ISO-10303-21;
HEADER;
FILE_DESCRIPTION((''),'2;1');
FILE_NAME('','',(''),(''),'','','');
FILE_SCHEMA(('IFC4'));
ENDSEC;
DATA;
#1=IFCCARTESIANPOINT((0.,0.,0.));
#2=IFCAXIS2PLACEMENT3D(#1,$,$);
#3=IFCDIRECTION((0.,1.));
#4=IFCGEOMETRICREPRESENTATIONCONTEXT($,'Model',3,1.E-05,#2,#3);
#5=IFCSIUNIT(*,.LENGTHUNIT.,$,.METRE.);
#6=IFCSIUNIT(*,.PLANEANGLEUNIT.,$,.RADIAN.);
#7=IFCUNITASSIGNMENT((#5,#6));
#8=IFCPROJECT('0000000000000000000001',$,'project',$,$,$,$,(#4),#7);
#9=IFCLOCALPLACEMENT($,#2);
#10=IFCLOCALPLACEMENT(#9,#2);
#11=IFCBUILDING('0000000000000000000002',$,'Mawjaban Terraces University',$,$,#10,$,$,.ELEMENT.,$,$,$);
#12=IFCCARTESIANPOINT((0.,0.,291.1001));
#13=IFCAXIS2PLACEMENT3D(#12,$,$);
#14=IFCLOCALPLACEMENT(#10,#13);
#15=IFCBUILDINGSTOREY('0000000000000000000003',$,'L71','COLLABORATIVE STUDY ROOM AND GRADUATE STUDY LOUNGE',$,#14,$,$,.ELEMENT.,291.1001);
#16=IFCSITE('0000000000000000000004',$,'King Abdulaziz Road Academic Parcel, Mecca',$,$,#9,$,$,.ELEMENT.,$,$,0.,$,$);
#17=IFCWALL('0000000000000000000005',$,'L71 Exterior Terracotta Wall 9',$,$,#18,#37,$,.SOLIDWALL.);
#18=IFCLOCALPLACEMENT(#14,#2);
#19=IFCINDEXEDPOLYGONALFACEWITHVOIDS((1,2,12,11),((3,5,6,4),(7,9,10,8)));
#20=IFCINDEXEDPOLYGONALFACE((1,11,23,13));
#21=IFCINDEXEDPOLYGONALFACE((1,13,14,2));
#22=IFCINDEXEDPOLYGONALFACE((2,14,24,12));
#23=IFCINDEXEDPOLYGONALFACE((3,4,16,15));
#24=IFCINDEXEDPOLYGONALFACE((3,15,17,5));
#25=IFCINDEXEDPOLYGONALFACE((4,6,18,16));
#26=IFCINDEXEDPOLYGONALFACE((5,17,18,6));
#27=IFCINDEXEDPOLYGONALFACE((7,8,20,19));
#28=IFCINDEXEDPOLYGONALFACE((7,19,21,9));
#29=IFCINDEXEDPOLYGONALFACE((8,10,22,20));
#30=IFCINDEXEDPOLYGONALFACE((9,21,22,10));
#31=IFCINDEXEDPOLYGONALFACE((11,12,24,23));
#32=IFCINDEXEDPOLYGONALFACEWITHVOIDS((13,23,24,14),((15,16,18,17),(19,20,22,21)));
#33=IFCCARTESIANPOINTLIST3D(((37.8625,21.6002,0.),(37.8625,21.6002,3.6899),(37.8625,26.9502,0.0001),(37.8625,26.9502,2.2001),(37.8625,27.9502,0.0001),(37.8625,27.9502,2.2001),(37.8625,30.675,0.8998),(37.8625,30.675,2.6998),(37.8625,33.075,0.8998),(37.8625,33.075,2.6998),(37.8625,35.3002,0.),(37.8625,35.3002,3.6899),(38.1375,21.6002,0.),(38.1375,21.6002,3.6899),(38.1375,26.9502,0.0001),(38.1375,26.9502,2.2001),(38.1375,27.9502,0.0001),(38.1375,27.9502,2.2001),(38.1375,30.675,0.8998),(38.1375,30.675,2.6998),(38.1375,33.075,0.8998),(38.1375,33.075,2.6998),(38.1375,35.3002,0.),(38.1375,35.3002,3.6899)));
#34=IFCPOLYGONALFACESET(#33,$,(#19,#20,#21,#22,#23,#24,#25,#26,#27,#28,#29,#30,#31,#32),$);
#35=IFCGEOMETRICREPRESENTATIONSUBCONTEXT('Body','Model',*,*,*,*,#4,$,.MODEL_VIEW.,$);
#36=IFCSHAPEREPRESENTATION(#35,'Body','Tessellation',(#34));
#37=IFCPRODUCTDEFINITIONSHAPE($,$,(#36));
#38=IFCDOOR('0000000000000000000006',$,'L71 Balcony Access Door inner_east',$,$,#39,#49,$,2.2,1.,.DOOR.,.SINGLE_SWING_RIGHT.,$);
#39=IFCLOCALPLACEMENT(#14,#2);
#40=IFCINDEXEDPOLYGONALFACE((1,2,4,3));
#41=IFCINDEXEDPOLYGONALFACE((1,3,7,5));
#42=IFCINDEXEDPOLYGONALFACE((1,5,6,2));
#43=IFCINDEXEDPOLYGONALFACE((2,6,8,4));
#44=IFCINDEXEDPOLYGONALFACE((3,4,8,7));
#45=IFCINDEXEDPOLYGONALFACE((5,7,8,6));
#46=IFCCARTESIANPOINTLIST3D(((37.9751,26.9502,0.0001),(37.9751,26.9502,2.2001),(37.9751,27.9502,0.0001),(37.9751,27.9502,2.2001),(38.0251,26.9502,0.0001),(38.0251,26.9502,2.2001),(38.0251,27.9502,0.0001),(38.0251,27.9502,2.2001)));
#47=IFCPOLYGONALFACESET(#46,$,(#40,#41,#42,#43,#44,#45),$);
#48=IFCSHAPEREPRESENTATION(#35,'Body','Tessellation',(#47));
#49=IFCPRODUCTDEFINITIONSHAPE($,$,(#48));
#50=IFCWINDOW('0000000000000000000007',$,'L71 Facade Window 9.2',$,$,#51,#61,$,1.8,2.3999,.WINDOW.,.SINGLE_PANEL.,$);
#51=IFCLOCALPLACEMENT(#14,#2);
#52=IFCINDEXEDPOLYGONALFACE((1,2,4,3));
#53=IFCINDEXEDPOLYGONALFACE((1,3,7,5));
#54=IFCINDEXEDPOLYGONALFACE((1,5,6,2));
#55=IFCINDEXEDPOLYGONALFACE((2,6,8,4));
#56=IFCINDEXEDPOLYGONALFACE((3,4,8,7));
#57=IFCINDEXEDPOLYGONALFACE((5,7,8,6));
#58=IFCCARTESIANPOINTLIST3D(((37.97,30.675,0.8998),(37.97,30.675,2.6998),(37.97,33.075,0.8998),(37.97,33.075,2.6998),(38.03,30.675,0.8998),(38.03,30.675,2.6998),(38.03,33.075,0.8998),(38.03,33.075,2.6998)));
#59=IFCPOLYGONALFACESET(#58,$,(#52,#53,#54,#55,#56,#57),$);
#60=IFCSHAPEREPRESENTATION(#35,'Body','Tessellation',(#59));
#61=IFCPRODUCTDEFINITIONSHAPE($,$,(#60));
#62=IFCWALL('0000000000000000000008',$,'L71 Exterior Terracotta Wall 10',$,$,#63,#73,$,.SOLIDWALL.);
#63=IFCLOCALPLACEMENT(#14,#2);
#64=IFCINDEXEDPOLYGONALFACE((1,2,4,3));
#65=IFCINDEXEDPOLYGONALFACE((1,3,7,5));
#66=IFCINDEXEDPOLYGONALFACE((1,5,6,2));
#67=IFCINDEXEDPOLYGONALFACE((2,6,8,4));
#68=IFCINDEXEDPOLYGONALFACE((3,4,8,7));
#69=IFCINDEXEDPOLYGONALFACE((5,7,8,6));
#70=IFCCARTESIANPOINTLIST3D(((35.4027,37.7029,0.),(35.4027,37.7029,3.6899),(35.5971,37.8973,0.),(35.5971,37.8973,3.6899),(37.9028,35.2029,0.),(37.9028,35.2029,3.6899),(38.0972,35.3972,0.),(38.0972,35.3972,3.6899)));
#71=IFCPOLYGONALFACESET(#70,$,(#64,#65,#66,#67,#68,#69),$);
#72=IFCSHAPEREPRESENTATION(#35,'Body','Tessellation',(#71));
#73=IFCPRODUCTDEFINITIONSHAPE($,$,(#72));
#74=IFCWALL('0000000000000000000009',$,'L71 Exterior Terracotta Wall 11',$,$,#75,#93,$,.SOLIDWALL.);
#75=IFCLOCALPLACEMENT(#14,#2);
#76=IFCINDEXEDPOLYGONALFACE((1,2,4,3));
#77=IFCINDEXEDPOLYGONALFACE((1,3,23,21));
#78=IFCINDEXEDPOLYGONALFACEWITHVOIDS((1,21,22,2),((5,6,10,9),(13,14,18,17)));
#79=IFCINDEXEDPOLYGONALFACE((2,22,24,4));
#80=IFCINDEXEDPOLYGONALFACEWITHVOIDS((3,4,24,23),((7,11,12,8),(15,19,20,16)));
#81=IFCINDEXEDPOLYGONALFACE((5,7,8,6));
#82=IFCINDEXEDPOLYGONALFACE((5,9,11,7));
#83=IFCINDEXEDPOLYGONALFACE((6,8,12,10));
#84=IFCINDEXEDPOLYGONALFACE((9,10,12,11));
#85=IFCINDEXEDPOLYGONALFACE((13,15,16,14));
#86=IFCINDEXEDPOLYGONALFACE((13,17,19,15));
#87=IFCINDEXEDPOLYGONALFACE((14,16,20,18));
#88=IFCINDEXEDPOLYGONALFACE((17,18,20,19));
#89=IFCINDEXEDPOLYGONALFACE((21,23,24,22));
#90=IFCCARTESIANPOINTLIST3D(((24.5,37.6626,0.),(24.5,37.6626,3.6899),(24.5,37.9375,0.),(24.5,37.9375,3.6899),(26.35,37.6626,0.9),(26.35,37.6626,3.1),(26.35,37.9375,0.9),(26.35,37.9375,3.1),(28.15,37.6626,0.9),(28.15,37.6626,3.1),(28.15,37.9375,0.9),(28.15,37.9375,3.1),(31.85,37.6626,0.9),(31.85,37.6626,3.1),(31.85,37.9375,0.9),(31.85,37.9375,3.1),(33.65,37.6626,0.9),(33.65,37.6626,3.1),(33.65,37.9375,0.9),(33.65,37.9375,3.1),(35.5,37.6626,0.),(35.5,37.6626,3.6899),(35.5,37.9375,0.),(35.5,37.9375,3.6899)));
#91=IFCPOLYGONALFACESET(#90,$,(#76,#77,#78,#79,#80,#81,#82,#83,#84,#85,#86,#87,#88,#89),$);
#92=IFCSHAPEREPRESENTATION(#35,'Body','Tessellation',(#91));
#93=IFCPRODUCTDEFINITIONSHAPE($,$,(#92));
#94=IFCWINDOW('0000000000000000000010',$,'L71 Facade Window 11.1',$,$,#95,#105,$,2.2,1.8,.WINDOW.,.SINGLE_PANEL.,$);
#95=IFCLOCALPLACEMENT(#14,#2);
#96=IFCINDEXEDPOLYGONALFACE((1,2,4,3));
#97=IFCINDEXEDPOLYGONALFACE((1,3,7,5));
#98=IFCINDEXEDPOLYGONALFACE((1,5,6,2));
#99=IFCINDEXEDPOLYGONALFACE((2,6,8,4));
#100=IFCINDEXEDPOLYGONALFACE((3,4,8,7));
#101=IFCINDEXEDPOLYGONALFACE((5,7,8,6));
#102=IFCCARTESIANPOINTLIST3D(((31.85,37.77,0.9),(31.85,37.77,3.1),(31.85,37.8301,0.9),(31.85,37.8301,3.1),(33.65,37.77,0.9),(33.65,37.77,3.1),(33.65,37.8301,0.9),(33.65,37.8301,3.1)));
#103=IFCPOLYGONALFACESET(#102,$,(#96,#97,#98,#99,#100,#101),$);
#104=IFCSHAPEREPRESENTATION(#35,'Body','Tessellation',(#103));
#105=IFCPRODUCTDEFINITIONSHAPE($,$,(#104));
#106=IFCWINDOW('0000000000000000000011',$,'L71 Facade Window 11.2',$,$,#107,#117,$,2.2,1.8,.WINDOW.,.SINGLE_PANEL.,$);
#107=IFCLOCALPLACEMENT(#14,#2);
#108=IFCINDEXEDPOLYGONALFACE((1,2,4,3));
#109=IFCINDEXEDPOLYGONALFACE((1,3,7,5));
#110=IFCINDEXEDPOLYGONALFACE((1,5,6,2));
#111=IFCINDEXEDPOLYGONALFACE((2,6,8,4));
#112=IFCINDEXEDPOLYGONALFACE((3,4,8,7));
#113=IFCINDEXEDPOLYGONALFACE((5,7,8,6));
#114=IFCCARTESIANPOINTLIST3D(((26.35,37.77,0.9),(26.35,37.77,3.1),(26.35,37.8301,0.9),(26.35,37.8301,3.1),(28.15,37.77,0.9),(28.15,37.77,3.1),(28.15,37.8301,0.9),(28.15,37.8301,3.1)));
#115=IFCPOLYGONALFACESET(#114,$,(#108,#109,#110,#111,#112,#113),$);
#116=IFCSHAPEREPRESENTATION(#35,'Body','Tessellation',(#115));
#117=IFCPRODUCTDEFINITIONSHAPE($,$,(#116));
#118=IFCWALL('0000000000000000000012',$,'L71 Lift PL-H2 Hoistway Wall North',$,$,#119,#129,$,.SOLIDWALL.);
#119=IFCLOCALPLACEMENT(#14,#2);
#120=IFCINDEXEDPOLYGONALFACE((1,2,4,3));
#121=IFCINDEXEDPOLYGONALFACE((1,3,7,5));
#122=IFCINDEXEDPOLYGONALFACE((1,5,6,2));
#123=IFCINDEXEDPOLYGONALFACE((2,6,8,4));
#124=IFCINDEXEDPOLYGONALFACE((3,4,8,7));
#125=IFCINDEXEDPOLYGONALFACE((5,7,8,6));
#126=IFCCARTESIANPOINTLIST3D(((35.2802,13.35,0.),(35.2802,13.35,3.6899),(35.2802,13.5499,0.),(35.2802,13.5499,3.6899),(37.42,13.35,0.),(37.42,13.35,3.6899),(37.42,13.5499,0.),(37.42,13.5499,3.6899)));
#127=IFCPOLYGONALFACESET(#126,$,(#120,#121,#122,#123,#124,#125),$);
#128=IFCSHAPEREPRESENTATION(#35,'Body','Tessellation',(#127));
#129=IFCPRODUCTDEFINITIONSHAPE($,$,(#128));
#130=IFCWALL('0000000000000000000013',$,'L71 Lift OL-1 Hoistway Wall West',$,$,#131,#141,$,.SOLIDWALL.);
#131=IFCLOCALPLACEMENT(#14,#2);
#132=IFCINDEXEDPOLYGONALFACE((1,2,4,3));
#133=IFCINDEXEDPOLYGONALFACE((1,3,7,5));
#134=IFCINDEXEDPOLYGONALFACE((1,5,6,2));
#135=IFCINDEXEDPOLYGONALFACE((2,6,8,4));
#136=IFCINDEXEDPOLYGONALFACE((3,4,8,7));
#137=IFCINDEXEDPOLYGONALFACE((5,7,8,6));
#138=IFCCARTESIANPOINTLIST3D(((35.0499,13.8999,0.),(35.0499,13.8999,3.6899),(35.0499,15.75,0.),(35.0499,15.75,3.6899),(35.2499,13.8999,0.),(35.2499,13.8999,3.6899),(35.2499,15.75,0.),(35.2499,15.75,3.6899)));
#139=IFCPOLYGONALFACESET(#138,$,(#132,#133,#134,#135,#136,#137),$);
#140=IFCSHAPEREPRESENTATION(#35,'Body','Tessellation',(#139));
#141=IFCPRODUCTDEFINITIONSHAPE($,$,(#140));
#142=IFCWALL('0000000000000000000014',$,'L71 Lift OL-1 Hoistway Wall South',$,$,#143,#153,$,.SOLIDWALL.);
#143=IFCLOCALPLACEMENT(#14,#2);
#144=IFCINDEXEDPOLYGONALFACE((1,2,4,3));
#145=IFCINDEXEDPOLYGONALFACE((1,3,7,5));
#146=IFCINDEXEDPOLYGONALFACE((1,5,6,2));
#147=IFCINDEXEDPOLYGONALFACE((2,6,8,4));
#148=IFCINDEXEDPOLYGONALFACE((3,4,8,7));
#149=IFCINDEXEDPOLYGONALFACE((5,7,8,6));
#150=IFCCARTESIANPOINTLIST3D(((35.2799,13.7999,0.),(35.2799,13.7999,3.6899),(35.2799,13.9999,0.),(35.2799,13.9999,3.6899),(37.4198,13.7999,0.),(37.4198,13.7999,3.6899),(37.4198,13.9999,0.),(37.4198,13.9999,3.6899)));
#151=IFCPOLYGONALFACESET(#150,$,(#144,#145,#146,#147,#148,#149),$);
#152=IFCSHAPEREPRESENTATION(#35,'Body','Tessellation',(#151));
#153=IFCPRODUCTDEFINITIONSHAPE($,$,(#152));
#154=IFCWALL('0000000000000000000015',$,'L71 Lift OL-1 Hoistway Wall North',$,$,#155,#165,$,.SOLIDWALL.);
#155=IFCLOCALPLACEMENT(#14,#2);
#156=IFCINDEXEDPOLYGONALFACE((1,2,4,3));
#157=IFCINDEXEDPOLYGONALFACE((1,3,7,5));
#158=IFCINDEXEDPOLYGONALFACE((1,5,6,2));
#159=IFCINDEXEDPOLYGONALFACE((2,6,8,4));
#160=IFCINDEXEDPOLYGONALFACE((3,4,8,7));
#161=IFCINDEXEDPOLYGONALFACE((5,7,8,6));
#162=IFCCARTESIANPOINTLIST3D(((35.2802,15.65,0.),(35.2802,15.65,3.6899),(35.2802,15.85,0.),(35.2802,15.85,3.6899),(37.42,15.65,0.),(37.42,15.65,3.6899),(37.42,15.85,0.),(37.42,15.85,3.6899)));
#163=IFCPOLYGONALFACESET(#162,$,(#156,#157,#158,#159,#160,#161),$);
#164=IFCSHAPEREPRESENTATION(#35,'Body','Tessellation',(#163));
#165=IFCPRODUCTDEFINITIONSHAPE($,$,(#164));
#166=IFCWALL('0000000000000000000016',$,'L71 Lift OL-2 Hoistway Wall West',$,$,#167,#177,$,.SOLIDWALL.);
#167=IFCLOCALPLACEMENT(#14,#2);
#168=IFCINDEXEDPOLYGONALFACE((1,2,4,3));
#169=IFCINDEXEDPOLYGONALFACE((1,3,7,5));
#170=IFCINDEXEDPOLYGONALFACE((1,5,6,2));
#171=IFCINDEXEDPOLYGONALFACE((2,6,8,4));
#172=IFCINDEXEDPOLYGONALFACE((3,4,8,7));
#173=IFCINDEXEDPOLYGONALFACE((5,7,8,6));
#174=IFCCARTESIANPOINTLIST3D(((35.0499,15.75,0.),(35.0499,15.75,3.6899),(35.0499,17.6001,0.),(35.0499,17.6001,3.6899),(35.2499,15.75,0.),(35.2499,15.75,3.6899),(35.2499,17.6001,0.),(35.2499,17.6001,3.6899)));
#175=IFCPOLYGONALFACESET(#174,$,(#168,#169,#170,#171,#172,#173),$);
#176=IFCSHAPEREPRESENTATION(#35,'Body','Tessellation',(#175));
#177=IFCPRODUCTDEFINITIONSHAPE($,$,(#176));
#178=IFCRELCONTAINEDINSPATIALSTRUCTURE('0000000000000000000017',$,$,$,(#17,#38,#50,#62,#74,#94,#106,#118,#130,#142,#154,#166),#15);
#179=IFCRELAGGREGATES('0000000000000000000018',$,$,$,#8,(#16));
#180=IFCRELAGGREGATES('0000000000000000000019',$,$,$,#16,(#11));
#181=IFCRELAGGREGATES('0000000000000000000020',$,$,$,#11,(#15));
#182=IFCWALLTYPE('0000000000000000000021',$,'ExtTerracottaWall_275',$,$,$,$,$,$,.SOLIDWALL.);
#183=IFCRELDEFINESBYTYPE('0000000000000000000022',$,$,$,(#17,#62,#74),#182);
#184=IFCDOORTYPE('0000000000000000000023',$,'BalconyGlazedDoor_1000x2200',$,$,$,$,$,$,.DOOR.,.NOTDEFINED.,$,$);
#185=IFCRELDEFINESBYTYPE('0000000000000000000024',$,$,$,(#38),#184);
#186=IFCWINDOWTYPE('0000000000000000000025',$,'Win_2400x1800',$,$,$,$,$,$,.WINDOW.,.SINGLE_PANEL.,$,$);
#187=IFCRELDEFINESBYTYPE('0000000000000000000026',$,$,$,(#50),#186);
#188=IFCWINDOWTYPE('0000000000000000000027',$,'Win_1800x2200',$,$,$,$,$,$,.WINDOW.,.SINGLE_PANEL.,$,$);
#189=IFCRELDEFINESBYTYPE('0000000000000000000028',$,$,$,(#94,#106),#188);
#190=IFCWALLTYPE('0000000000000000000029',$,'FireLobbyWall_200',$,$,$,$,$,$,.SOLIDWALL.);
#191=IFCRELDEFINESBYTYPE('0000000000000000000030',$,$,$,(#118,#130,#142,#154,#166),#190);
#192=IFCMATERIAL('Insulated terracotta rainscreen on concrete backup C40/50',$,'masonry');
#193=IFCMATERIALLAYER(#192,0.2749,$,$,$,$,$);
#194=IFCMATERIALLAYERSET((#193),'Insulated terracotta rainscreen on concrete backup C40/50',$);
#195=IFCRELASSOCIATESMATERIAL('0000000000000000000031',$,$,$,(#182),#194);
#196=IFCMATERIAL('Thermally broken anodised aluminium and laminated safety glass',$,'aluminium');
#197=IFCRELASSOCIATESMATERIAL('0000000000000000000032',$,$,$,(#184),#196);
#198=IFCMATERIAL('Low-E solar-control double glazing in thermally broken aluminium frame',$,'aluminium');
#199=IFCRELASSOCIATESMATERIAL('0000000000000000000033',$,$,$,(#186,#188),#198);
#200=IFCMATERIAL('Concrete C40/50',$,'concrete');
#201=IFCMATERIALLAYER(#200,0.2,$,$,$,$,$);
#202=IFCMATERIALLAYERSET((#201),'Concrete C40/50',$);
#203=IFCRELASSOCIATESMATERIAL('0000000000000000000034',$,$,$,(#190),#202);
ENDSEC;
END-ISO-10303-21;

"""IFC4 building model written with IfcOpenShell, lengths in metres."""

from ifc_helpers import new_model, si_unit, direction, frame, frame_2d, origin, place, context, subcontext, project, spatial, rectangle, extrude, material, layer, layer_set, type_object, element, fill, save


model = new_model("IFC4")

# Units and contexts
model_context = context("Model", 3, precision=1e-05, world=origin(), true_north=direction((0.0, 1.0)))
body_context = subcontext(model_context, "Body", "Model", "MODEL_VIEW")
ifc_project = project(units=[si_unit("LENGTHUNIT", "METRE"), si_unit("PLANEANGLEUNIT", "RADIAN")], contexts=[model_context])

# Site, building, storey
site_placement = place(None, origin())
site = spatial("IfcSite", under=ifc_project, at=site_placement, Name="King Abdulaziz Road Academic Parcel, Mecca", CompositionType="ELEMENT", RefElevation=0.0)
building_placement = place(site_placement, origin())
building = spatial("IfcBuilding", under=site, at=building_placement, Name="Mawjaban Terraces University", CompositionType="ELEMENT")
storey_placement = place(building_placement, frame((0.0, 0.0, 291.1001)))
storey = spatial("IfcBuildingStorey", under=building, at=storey_placement, Name="L71", Description="COLLABORATIVE STUDY ROOM AND GRADUATE STUDY LOUNGE", CompositionType="ELEMENT", Elevation=291.1001)

# Wall, openings, door, window
ifc_material_1 = material(Name="Insulated terracotta rainscreen on concrete backup C40/50", Category="masonry")
ifc_layer_1 = layer(ifc_material_1, 0.2749)
ifc_layer_set_1 = layer_set([ifc_layer_1], Name="Insulated terracotta rainscreen on concrete backup C40/50")
wall_type_1 = type_object("IfcWallType", Name="ExtTerracottaWall_275", PredefinedType="SOLIDWALL", material=ifc_layer_set_1)
wall_1_placement = place(storey_placement, frame((38.0, 21.6001, 0.0), z_axis=(0.0, 0.0, 1.0), x_axis=(0.0, 1.0, 0.0)))
wall_1 = element("IfcWall", 1, at=wall_1_placement, inside=storey, type_object=wall_type_1, Name="L71 Exterior Terracotta Wall 9", PredefinedType="SOLIDWALL", context=body_context, shape_type="SweptSolid", body=[
    extrude(rectangle(XDim=13.7, YDim=0.2749, at=frame_2d((6.8501, 0.0))), origin(), (0.0, 0.0, 1.0), 3.6899),
])
opening_1_placement = place(wall_1_placement, frame((5.3501, 0.0, 0.0)))
opening_1 = element("IfcOpeningElement", 2, at=opening_1_placement, cuts=wall_1, PredefinedType="OPENING", context=body_context, shape_type="SweptSolid", body=[
    extrude(rectangle(XDim=1.0, YDim=2.2, at=frame_2d((0.5, 1.1001))), frame((0.0, 0.1475, 0.0), z_axis=(0.0, -1.0, 0.0), x_axis=(1.0, 0.0, 0.0)), (0.0, 0.0, 1.0), 0.2949),
])
opening_2_placement = place(wall_1_placement, frame((9.075, 0.0, 0.8999)))
opening_2 = element("IfcOpeningElement", 3, at=opening_2_placement, cuts=wall_1, PredefinedType="OPENING", context=body_context, shape_type="SweptSolid", body=[
    extrude(rectangle(XDim=2.3999, YDim=1.8, at=frame_2d((1.2, 0.8999))), frame((0.0, 0.1475, 0.0), z_axis=(0.0, -1.0, 0.0), x_axis=(1.0, 0.0, 0.0)), (0.0, 0.0, 1.0), 0.2949),
])
ifc_material_2 = material(Name="Thermally broken anodised aluminium and laminated safety glass", Category="aluminium")
door_type_1 = type_object("IfcDoorType", Name="BalconyGlazedDoor_1000x2200", OperationType="NOTDEFINED", PredefinedType="DOOR", material=ifc_material_2)
door_1_placement = place(opening_1_placement, origin())
door_1 = element("IfcDoor", 4, at=door_1_placement, inside=storey, type_object=door_type_1, Name="L71 Balcony Access Door inner_east", OperationType="SINGLE_SWING_RIGHT", OverallHeight=2.2, OverallWidth=1.0, PredefinedType="DOOR", context=body_context, shape_type="SweptSolid", body=[
    extrude(rectangle(XDim=1.0, YDim=2.2, at=frame_2d((0.5, 1.1001))), frame((0.0, 0.0249, 0.0), z_axis=(0.0, -1.0, 0.0), x_axis=(1.0, 0.0, 0.0)), (0.0, 0.0, 1.0), 0.05),
])
fill(opening_1, door_1)
ifc_material_3 = material(Name="Low-E solar-control double glazing in thermally broken aluminium frame", Category="aluminium")
window_type_1 = type_object("IfcWindowType", Name="Win_2400x1800", PartitioningType="SINGLE_PANEL", PredefinedType="WINDOW", material=ifc_material_3)
window_1_placement = place(opening_2_placement, origin())
window_1 = element("IfcWindow", 5, at=window_1_placement, inside=storey, type_object=window_type_1, Name="L71 Facade Window 9.2", OverallHeight=1.8, OverallWidth=2.3999, PartitioningType="SINGLE_PANEL", PredefinedType="WINDOW", context=body_context, shape_type="SweptSolid", body=[
    extrude(rectangle(XDim=2.3999, YDim=1.8, at=frame_2d((1.2, 0.8999))), frame((0.0, 0.03, 0.0), z_axis=(0.0, -1.0, 0.0), x_axis=(1.0, 0.0, 0.0)), (0.0, 0.0, 1.0), 0.0601),
])
fill(opening_2, window_1)

# Wall
wall_2_placement = place(storey_placement, frame((38.0, 35.3, 0.0), z_axis=(0.0, 0.0, 1.0), x_axis=(-0.707107, 0.707107, 0.0)))
element("IfcWall", 6, at=wall_2_placement, inside=storey, type_object=wall_type_1, Name="L71 Exterior Terracotta Wall 10", PredefinedType="SOLIDWALL", context=body_context, shape_type="SweptSolid", body=[
    extrude(rectangle(XDim=3.5356, YDim=0.2749, at=frame_2d((1.7678, 0.0))), origin(), (0.0, 0.0, 1.0), 3.6899),
])

# Wall, openings, windows
wall_3_placement = place(storey_placement, frame((35.5, 37.8, 0.0), z_axis=(0.0, 0.0, 1.0), x_axis=(-1.0, 0.0, 0.0)))
wall_3 = element("IfcWall", 7, at=wall_3_placement, inside=storey, type_object=wall_type_1, Name="L71 Exterior Terracotta Wall 11", PredefinedType="SOLIDWALL", context=body_context, shape_type="SweptSolid", body=[
    extrude(rectangle(XDim=11.0, YDim=0.2749, at=frame_2d((5.5, 0.0))), origin(), (0.0, 0.0, 1.0), 3.6899),
])
opening_3_placement = place(wall_3_placement, frame((1.8501, 0.0, 0.8999)))
opening_3 = element("IfcOpeningElement", 8, at=opening_3_placement, cuts=wall_3, PredefinedType="OPENING", context=body_context, shape_type="SweptSolid", body=[
    extrude(rectangle(XDim=1.8, YDim=2.2, at=frame_2d((0.8999, 1.1001))), frame((0.0, 0.1475, 0.0), z_axis=(0.0, -1.0, 0.0), x_axis=(1.0, 0.0, 0.0)), (0.0, 0.0, 1.0), 0.2949),
])
opening_4_placement = place(wall_3_placement, frame((7.3501, 0.0, 0.8999)))
opening_4 = element("IfcOpeningElement", 9, at=opening_4_placement, cuts=wall_3, PredefinedType="OPENING", context=body_context, shape_type="SweptSolid", body=[
    extrude(rectangle(XDim=1.8, YDim=2.2, at=frame_2d((0.8999, 1.1001))), frame((0.0, 0.1475, 0.0), z_axis=(0.0, -1.0, 0.0), x_axis=(1.0, 0.0, 0.0)), (0.0, 0.0, 1.0), 0.2949),
])
window_type_2 = type_object("IfcWindowType", Name="Win_1800x2200", PartitioningType="SINGLE_PANEL", PredefinedType="WINDOW", material=ifc_material_3)
window_2_placement = place(opening_3_placement, origin())
window_2 = element("IfcWindow", 10, at=window_2_placement, inside=storey, type_object=window_type_2, Name="L71 Facade Window 11.1", OverallHeight=2.2, OverallWidth=1.8, PartitioningType="SINGLE_PANEL", PredefinedType="WINDOW", context=body_context, shape_type="SweptSolid", body=[
    extrude(rectangle(XDim=1.8, YDim=2.2, at=frame_2d((0.8999, 1.1001))), frame((0.0, 0.03, 0.0), z_axis=(0.0, -1.0, 0.0), x_axis=(1.0, 0.0, 0.0)), (0.0, 0.0, 1.0), 0.0601),
])
fill(opening_3, window_2)
window_3_placement = place(opening_4_placement, origin())
window_3 = element("IfcWindow", 11, at=window_3_placement, inside=storey, type_object=window_type_2, Name="L71 Facade Window 11.2", OverallHeight=2.2, OverallWidth=1.8, PartitioningType="SINGLE_PANEL", PredefinedType="WINDOW", context=body_context, shape_type="SweptSolid", body=[
    extrude(rectangle(XDim=1.8, YDim=2.2, at=frame_2d((0.8999, 1.1001))), frame((0.0, 0.03, 0.0), z_axis=(0.0, -1.0, 0.0), x_axis=(1.0, 0.0, 0.0)), (0.0, 0.0, 1.0), 0.0601),
])
fill(opening_4, window_3)

# Walls
ifc_material_4 = material(Name="Concrete C40/50", Category="concrete")
ifc_layer_2 = layer(ifc_material_4, 0.2)
ifc_layer_set_2 = layer_set([ifc_layer_2], Name="Concrete C40/50")
wall_type_2 = type_object("IfcWallType", Name="FireLobbyWall_200", PredefinedType="SOLIDWALL", material=ifc_layer_set_2)
wall_4_placement = place(storey_placement, frame((37.4199, 13.45, 0.0), z_axis=(0.0, 0.0, 1.0), x_axis=(-1.0, 0.0, 0.0)))
element("IfcWall", 12, at=wall_4_placement, inside=storey, type_object=wall_type_2, Name="L71 Lift PL-H2 Hoistway Wall North", PredefinedType="SOLIDWALL", context=body_context, shape_type="SweptSolid", body=[
    extrude(rectangle(XDim=2.1399, YDim=0.2, at=frame_2d((1.0698, 0.0))), origin(), (0.0, 0.0, 1.0), 3.6899),
])
wall_5_placement = place(storey_placement, frame((35.1499, 15.75, 0.0), z_axis=(0.0, 0.0, 1.0), x_axis=(0.0, -1.0, 0.0)))
element("IfcWall", 13, at=wall_5_placement, inside=storey, type_object=wall_type_2, Name="L71 Lift OL-1 Hoistway Wall West", PredefinedType="SOLIDWALL", context=body_context, shape_type="SweptSolid", body=[
    extrude(rectangle(XDim=1.8501, YDim=0.2, at=frame_2d((0.925, 0.0))), origin(), (0.0, 0.0, 1.0), 3.6899),
])
for number, where, z_axis, x_axis, name in (
    (14, (35.28, 13.8999, 0.0), (0.0, 0.0, 1.0), (1.0, 0.0, 0.0), "L71 Lift OL-1 Hoistway Wall South"),
    (15, (37.4199, 15.75, 0.0), (0.0, 0.0, 1.0), (-1.0, 0.0, 0.0), "L71 Lift OL-1 Hoistway Wall North"),
):
    element("IfcWall", number, at=place(storey_placement, frame(where, z_axis=z_axis, x_axis=x_axis)), inside=storey, type_object=wall_type_2, Name=name, PredefinedType="SOLIDWALL", context=body_context, shape_type="SweptSolid", body=[
        extrude(rectangle(XDim=2.1399, YDim=0.2, at=frame_2d((1.0698, 0.0))), origin(), (0.0, 0.0, 1.0), 3.6899),
    ])
wall_6_placement = place(storey_placement, frame((35.1499, 17.6001, 0.0), z_axis=(0.0, 0.0, 1.0), x_axis=(0.0, -1.0, 0.0)))
element("IfcWall", 16, at=wall_6_placement, inside=storey, type_object=wall_type_2, Name="L71 Lift OL-2 Hoistway Wall West", PredefinedType="SOLIDWALL", context=body_context, shape_type="SweptSolid", body=[
    extrude(rectangle(XDim=1.8501, YDim=0.2, at=frame_2d((0.925, 0.0))), origin(), (0.0, 0.0, 1.0), 3.6899),
])

save(model, "model.ifc")
